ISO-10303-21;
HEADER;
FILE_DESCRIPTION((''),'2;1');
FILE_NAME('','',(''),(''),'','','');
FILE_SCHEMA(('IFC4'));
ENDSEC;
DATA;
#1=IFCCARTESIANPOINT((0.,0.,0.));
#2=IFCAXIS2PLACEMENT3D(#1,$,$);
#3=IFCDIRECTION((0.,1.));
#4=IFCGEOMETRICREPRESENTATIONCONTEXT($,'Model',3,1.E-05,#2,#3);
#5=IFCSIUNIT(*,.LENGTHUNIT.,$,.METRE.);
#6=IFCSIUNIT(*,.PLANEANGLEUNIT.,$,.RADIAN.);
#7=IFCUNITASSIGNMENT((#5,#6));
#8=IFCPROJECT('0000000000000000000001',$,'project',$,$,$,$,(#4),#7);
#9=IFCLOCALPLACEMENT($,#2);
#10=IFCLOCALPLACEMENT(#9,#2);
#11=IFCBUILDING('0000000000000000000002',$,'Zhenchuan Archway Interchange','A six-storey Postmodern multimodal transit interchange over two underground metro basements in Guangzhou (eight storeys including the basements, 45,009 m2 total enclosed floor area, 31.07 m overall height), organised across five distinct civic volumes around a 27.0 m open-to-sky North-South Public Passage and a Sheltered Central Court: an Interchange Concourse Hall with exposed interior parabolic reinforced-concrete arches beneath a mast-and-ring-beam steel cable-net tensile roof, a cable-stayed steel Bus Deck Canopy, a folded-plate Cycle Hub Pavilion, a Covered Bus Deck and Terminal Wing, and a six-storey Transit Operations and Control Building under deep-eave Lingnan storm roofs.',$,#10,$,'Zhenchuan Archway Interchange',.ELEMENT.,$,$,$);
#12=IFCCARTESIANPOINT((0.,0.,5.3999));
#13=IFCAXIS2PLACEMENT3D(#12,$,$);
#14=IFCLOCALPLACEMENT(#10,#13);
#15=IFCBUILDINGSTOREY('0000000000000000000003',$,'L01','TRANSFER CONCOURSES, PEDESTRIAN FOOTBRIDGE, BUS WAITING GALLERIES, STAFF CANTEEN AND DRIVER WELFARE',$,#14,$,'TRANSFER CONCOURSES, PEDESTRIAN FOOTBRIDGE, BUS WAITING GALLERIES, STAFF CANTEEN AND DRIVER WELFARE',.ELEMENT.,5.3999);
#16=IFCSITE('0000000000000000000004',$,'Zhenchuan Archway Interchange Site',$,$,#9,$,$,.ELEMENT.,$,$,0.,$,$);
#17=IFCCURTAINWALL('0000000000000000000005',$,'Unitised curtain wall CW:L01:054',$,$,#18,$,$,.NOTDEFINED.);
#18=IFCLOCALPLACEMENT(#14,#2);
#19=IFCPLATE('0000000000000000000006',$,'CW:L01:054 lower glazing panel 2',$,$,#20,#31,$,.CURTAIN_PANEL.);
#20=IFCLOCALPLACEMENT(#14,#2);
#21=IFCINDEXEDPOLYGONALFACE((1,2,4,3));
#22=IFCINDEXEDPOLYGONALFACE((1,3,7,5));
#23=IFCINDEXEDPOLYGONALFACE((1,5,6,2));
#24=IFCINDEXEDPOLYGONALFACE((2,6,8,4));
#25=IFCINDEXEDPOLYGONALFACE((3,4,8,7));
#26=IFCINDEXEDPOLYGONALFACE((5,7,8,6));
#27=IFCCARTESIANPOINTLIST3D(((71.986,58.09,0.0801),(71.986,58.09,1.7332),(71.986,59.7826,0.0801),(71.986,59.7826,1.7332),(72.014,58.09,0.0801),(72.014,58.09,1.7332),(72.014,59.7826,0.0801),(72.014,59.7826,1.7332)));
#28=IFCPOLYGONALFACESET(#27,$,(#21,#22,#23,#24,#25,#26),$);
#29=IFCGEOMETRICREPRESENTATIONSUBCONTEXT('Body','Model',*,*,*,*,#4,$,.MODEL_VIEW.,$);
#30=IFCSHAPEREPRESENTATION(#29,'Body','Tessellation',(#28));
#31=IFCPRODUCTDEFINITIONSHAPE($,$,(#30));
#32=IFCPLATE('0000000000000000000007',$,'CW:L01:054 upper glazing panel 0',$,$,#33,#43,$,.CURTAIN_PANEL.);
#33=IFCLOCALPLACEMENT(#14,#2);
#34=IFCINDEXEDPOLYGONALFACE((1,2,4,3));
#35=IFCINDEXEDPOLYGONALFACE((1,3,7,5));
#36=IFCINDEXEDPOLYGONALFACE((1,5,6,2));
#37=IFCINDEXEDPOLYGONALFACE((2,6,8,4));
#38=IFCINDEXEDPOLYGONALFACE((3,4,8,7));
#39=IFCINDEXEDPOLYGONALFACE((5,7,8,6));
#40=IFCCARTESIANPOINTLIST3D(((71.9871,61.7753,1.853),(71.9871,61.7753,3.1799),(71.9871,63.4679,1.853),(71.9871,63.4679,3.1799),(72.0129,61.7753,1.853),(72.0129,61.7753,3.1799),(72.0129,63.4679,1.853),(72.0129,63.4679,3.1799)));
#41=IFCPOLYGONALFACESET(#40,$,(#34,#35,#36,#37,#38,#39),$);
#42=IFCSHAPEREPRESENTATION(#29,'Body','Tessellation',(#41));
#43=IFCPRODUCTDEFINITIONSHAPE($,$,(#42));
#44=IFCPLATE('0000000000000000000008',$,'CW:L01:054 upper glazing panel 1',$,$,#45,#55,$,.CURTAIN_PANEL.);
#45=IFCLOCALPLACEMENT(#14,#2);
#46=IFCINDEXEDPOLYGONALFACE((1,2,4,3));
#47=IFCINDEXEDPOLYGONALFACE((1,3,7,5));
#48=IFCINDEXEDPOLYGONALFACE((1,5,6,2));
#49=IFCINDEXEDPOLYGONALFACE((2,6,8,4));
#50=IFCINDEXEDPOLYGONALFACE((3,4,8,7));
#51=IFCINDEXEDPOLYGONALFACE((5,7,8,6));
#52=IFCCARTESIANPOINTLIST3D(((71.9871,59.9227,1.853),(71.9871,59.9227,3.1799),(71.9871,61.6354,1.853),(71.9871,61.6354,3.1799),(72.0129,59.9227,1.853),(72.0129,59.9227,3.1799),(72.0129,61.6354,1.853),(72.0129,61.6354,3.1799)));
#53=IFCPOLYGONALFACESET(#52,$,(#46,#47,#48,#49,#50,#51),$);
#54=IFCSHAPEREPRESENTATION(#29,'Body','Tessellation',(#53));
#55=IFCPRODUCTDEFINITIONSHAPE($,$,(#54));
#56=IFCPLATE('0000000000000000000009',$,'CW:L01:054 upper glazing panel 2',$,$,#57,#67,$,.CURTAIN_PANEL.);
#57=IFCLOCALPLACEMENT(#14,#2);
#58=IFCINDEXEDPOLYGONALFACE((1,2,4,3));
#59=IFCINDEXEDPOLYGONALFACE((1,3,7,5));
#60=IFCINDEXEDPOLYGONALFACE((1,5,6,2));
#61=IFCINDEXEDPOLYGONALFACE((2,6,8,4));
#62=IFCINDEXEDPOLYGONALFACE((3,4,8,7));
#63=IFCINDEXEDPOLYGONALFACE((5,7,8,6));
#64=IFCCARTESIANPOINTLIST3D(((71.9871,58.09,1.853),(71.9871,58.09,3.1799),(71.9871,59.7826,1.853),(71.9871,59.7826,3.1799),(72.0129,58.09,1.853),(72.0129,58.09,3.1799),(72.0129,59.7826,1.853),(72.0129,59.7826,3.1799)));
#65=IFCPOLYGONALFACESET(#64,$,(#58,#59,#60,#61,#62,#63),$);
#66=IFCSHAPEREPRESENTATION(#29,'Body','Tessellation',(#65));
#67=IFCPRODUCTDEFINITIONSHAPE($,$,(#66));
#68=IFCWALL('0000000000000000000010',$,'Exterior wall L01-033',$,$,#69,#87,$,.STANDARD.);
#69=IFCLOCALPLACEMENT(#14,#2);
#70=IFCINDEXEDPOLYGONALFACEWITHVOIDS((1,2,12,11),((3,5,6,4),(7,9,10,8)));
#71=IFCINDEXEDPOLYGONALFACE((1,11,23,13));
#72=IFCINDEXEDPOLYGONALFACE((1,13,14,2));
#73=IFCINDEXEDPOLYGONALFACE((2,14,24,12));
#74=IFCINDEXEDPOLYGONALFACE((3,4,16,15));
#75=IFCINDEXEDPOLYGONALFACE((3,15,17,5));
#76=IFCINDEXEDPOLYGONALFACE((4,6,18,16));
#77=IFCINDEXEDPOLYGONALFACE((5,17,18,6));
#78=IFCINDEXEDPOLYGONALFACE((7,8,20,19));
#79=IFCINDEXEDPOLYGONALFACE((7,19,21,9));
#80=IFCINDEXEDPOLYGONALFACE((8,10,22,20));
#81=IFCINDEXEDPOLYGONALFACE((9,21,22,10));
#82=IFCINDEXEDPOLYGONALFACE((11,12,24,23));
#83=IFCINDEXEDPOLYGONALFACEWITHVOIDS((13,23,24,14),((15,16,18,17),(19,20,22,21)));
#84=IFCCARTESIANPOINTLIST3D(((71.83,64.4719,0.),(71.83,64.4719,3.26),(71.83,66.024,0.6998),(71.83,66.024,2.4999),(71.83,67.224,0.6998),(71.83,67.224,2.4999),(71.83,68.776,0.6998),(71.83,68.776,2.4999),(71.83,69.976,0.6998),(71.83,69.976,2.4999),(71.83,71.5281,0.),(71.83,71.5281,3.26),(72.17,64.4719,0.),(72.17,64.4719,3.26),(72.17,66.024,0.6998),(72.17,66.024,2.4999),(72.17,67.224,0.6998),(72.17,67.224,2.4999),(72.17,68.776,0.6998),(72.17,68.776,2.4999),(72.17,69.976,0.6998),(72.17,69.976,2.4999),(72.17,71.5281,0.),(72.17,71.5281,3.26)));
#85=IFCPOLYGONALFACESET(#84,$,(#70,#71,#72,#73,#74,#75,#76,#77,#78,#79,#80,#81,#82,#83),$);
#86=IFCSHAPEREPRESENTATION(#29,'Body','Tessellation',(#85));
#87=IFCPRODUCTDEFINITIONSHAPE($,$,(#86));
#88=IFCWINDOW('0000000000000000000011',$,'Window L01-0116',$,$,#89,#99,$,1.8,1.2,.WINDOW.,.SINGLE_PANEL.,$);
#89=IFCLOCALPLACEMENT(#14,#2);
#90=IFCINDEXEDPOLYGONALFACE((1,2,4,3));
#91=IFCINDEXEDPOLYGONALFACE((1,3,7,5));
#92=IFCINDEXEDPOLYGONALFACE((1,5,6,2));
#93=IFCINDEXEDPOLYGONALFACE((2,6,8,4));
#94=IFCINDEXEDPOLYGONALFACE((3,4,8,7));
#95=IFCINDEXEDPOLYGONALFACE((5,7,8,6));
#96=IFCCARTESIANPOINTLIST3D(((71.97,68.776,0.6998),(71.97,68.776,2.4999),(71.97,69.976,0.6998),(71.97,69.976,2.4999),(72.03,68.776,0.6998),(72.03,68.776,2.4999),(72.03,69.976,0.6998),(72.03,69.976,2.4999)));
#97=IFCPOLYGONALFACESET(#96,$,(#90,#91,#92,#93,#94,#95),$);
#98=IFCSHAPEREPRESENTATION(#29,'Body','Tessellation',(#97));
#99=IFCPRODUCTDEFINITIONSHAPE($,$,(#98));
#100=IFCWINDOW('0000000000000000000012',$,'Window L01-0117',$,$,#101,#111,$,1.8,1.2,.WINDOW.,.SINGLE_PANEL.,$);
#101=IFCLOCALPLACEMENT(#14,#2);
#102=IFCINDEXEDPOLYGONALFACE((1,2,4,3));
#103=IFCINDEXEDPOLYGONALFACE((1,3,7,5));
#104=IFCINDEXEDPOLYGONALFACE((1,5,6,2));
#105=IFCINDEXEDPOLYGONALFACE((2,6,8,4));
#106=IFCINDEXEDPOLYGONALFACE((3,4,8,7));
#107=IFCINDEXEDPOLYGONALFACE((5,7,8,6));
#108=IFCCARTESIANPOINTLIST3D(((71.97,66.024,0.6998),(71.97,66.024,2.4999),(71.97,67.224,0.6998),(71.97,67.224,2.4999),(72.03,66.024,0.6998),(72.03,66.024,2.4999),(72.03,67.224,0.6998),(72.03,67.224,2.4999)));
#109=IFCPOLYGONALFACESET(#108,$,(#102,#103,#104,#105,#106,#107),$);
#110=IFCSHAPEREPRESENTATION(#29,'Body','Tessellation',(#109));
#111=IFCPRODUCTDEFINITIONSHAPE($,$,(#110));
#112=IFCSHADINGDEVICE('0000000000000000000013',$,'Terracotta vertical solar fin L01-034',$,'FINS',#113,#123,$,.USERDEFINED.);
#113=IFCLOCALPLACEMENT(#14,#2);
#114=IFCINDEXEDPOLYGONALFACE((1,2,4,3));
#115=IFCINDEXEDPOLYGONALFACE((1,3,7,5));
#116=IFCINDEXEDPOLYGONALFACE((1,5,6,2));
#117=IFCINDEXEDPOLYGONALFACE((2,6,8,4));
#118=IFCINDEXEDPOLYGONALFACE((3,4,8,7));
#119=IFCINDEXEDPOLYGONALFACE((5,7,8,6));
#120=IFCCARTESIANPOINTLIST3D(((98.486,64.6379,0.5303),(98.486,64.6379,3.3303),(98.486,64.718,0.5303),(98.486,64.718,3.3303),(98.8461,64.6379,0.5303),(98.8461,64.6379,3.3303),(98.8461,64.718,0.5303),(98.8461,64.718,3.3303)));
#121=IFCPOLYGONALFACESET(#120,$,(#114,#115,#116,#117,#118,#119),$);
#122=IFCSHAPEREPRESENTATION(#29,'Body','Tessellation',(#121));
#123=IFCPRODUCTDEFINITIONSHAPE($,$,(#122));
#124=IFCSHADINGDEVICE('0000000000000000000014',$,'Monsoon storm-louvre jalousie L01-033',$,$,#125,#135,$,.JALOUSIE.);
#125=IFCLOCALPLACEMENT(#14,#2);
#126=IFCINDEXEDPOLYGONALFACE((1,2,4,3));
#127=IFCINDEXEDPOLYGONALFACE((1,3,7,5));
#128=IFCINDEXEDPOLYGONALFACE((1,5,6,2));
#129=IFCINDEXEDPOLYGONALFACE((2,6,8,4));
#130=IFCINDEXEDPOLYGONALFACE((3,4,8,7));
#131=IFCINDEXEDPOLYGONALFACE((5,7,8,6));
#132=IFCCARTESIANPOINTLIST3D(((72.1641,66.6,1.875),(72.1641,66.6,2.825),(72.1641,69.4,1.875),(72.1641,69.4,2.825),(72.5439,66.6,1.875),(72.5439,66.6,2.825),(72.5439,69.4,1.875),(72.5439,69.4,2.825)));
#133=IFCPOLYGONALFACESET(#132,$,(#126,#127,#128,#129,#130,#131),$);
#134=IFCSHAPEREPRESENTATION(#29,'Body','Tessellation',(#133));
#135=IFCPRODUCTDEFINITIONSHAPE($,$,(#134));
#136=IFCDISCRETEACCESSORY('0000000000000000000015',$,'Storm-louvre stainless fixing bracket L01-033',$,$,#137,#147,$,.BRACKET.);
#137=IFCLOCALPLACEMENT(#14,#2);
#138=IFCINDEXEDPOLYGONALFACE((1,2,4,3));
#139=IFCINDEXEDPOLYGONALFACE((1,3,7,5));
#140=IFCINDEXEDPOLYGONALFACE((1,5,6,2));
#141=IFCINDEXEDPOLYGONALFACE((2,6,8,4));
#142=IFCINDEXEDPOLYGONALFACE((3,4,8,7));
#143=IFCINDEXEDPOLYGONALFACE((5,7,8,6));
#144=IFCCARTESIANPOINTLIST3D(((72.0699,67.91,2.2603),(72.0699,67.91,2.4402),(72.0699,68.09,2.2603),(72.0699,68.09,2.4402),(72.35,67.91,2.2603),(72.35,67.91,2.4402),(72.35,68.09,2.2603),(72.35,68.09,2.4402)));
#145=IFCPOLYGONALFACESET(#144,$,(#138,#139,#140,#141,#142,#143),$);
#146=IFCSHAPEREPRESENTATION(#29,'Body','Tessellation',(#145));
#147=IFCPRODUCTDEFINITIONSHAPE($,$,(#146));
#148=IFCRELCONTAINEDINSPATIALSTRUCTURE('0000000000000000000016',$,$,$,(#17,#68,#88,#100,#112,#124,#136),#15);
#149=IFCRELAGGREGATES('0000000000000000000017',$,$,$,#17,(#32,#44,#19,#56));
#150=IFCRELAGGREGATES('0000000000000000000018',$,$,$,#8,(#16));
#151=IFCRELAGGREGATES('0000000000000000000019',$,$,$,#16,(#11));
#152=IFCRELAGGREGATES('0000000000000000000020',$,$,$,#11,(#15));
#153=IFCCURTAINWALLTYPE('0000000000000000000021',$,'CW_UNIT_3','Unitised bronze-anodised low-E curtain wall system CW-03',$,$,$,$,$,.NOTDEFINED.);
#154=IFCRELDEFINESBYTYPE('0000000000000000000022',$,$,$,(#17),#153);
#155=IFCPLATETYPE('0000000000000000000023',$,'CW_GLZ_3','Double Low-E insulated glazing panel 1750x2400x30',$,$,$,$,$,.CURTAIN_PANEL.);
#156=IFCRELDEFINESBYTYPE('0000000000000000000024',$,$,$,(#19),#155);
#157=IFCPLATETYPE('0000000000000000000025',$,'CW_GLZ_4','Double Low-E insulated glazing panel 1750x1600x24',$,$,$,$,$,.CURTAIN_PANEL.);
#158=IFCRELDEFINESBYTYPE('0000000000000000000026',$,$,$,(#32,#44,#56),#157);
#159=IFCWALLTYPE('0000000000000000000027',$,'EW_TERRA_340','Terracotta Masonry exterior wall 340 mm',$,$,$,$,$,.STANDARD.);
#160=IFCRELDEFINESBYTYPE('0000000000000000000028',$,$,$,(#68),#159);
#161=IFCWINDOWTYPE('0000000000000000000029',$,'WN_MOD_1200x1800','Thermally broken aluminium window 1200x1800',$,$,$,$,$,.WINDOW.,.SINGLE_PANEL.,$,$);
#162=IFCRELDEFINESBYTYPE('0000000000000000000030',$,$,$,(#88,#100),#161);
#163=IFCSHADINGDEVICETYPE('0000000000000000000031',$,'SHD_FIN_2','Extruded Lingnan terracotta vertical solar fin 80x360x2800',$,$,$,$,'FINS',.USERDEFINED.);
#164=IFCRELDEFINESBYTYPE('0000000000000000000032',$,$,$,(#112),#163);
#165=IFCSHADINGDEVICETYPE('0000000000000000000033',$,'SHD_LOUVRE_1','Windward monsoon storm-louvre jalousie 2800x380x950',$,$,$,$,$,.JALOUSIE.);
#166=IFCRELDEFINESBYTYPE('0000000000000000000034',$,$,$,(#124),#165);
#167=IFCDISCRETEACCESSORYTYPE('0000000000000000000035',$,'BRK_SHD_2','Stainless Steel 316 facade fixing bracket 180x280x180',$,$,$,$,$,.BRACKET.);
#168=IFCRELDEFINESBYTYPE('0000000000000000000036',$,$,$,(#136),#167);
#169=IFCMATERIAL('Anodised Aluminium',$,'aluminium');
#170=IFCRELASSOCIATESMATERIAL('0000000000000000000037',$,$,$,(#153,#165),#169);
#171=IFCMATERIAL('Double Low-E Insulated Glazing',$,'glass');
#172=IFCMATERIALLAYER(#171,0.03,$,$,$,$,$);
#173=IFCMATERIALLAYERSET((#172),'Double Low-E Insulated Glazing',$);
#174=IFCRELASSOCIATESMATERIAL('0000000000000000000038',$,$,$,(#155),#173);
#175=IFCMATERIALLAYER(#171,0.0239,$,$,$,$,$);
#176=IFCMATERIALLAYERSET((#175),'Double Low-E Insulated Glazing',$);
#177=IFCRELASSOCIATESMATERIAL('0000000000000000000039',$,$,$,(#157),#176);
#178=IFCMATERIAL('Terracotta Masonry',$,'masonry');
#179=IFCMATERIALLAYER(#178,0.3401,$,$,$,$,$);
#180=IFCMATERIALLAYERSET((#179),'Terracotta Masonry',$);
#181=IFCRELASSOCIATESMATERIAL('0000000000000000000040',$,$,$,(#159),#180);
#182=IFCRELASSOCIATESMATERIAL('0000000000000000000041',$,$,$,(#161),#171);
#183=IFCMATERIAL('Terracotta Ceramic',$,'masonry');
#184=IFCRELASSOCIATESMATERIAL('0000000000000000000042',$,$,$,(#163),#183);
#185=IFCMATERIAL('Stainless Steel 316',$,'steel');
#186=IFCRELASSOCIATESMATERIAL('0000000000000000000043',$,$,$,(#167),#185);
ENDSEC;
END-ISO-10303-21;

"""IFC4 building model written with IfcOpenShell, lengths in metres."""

from ifc_helpers import new_model, si_unit, direction, frame, frame_2d, origin, origin_2d, place, context, subcontext, project, spatial, rectangle, extrude, material, layer, layer_set, type_object, element, fill, aggregate, save


model = new_model("IFC4")

# Units and contexts
model_context = context("Model", 3, precision=1e-05, world=origin(), true_north=direction((0.0, 1.0)))
body_context = subcontext(model_context, "Body", "Model", "MODEL_VIEW")
ifc_project = project(units=[si_unit("LENGTHUNIT", "METRE"), si_unit("PLANEANGLEUNIT", "RADIAN")], contexts=[model_context])

# Site, building, storey
site_placement = place(None, origin())
site = spatial("IfcSite", under=ifc_project, at=site_placement, Name="Zhenchuan Archway Interchange Site", CompositionType="ELEMENT", RefElevation=0.0)
building_placement = place(site_placement, origin())
building = spatial("IfcBuilding", under=site, at=building_placement, Name="Zhenchuan Archway Interchange", Description="A six-storey Postmodern multimodal transit interchange over two underground metro basements in Guangzhou (eight storeys including the basements, 45,009 m2 total enclosed floor area, 31.07 m overall height), organised across five distinct civic volumes around a 27.0 m open-to-sky North-South Public Passage and a Sheltered Central Court: an Interchange Concourse Hall with exposed interior parabolic reinforced-concrete arches beneath a mast-and-ring-beam steel cable-net tensile roof, a cable-stayed steel Bus Deck Canopy, a folded-plate Cycle Hub Pavilion, a Covered Bus Deck and Terminal Wing, and a six-storey Transit Operations and Control Building under deep-eave Lingnan storm roofs.", LongName="Zhenchuan Archway Interchange", CompositionType="ELEMENT")
storey_placement = place(building_placement, frame((0.0, 0.0, 5.3999)))
storey = spatial("IfcBuildingStorey", under=building, at=storey_placement, Name="L01", Description="TRANSFER CONCOURSES, PEDESTRIAN FOOTBRIDGE, BUS WAITING GALLERIES, STAFF CANTEEN AND DRIVER WELFARE", LongName="TRANSFER CONCOURSES, PEDESTRIAN FOOTBRIDGE, BUS WAITING GALLERIES, STAFF CANTEEN AND DRIVER WELFARE", CompositionType="ELEMENT", Elevation=5.3999)

# Shared definitions
ifc_material_1 = material(Name="Anodised Aluminium", Category="aluminium")

# Curtain wall
curtain_wall_type_1 = type_object("IfcCurtainWallType", Name="CW_UNIT_3", Description="Unitised bronze-anodised low-E curtain wall system CW-03", PredefinedType="NOTDEFINED", material=ifc_material_1)
curtain_wall_1_placement = place(storey_placement, origin())
curtain_wall_1 = element("IfcCurtainWall", 1, at=curtain_wall_1_placement, inside=storey, type_object=curtain_wall_type_1, Name="Unitised curtain wall CW:L01:054", PredefinedType="NOTDEFINED")

# Plates
ifc_material_2 = material(Name="Double Low-E Insulated Glazing", Category="glass")
ifc_layer_1 = layer(ifc_material_2, 0.03)
ifc_layer_set_1 = layer_set([ifc_layer_1], Name="Double Low-E Insulated Glazing")
plate_type_1 = type_object("IfcPlateType", Name="CW_GLZ_3", Description="Double Low-E insulated glazing panel 1750x2400x30", PredefinedType="CURTAIN_PANEL", material=ifc_layer_set_1)
plate_1_placement = place(storey_placement, frame((72.0, 58.9363, 0.0801), z_axis=(0.0, 0.0, 1.0), x_axis=(0.0, -1.0, 0.0)))
plate_1 = element("IfcPlate", 2, at=plate_1_placement, type_object=plate_type_1, Name="CW:L01:054 lower glazing panel 2", PredefinedType="CURTAIN_PANEL", context=body_context, shape_type="SweptSolid", body=[
    extrude(rectangle(XDim=1.6926, YDim=0.0281, at=origin_2d()), origin(), (0.0, 0.0, 1.0), 1.6531),
])
ifc_layer_2 = layer(ifc_material_2, 0.0239)
ifc_layer_set_2 = layer_set([ifc_layer_2], Name="Double Low-E Insulated Glazing")
plate_type_2 = type_object("IfcPlateType", Name="CW_GLZ_4", Description="Double Low-E insulated glazing panel 1750x1600x24", PredefinedType="CURTAIN_PANEL", material=ifc_layer_set_2)
plate_2_placement = place(storey_placement, frame((72.0, 62.6216, 1.853), z_axis=(0.0, 0.0, 1.0), x_axis=(0.0, -1.0, 0.0)))
plate_2 = element("IfcPlate", 3, at=plate_2_placement, type_object=plate_type_2, Name="CW:L01:054 upper glazing panel 0", PredefinedType="CURTAIN_PANEL", context=body_context, shape_type="SweptSolid", body=[
    extrude(rectangle(XDim=1.6926, YDim=0.0259, at=origin_2d()), origin(), (0.0, 0.0, 1.0), 1.3269),
])
plate_3_placement = place(storey_placement, frame((72.0, 60.7791, 1.853), z_axis=(0.0, 0.0, 1.0), x_axis=(0.0, -1.0, 0.0)))
plate_3 = element("IfcPlate", 4, at=plate_3_placement, type_object=plate_type_2, Name="CW:L01:054 upper glazing panel 1", PredefinedType="CURTAIN_PANEL", context=body_context, shape_type="SweptSolid", body=[
    extrude(rectangle(XDim=1.7126, YDim=0.0259, at=origin_2d()), origin(), (0.0, 0.0, 1.0), 1.3269),
])
plate_4_placement = place(storey_placement, frame((72.0, 58.9363, 1.853), z_axis=(0.0, 0.0, 1.0), x_axis=(0.0, -1.0, 0.0)))
plate_4 = element("IfcPlate", 5, at=plate_4_placement, type_object=plate_type_2, Name="CW:L01:054 upper glazing panel 2", PredefinedType="CURTAIN_PANEL", context=body_context, shape_type="SweptSolid", body=[
    extrude(rectangle(XDim=1.6926, YDim=0.0259, at=origin_2d()), origin(), (0.0, 0.0, 1.0), 1.3269),
])
aggregate(curtain_wall_1, [plate_2, plate_3, plate_1, plate_4])

# Wall, openings, windows
ifc_material_3 = material(Name="Terracotta Masonry", Category="masonry")
ifc_layer_3 = layer(ifc_material_3, 0.3401)
ifc_layer_set_3 = layer_set([ifc_layer_3], Name="Terracotta Masonry")
wall_type = type_object("IfcWallType", Name="EW_TERRA_340", Description="Terracotta Masonry exterior wall 340 mm", PredefinedType="STANDARD", material=ifc_layer_set_3)
wall_placement = place(storey_placement, frame((72.0, 71.5281, 0.0), z_axis=(0.0, 0.0, 1.0), x_axis=(0.0, -1.0, 0.0)))
wall = element("IfcWall", 6, at=wall_placement, inside=storey, type_object=wall_type, Name="Exterior wall L01-033", PredefinedType="STANDARD", context=body_context, shape_type="SweptSolid", body=[
    extrude(rectangle(XDim=7.0562, YDim=0.3401, at=frame_2d((3.5281, 0.0))), origin(), (0.0, 0.0, 1.0), 3.26),
])
opening_1_placement = place(wall_placement, frame((1.552, 0.0, 0.7)))
opening_1 = element("IfcOpeningElement", 7, at=opening_1_placement, cuts=wall, PredefinedType="OPENING", context=body_context, shape_type="SweptSolid", body=[
    extrude(rectangle(XDim=1.2, YDim=1.8, at=frame_2d((0.6001, 0.8999))), frame((0.0, 0.1821, 0.0), z_axis=(0.0, -1.0, 0.0), x_axis=(1.0, 0.0, 0.0)), (0.0, 0.0, 1.0), 0.364),
])
opening_2_placement = place(wall_placement, frame((4.304, 0.0, 0.7)))
opening_2 = element("IfcOpeningElement", 8, at=opening_2_placement, cuts=wall, PredefinedType="OPENING", context=body_context, shape_type="SweptSolid", body=[
    extrude(rectangle(XDim=1.2, YDim=1.8, at=frame_2d((0.6001, 0.8999))), frame((0.0, 0.1821, 0.0), z_axis=(0.0, -1.0, 0.0), x_axis=(1.0, 0.0, 0.0)), (0.0, 0.0, 1.0), 0.364),
])
window_type = type_object("IfcWindowType", Name="WN_MOD_1200x1800", Description="Thermally broken aluminium window 1200x1800", PartitioningType="SINGLE_PANEL", PredefinedType="WINDOW", material=ifc_material_2)
window_1_placement = place(opening_1_placement, origin())
window_1 = element("IfcWindow", 9, at=window_1_placement, inside=storey, type_object=window_type, Name="Window L01-0116", OverallHeight=1.8, OverallWidth=1.2, PartitioningType="SINGLE_PANEL", PredefinedType="WINDOW", context=body_context, shape_type="SweptSolid", body=[
    extrude(rectangle(XDim=1.2, YDim=1.8, at=frame_2d((0.6001, 0.8999))), frame((0.0, 0.03, 0.0), z_axis=(0.0, -1.0, 0.0), x_axis=(1.0, 0.0, 0.0)), (0.0, 0.0, 1.0), 0.0601),
])
fill(opening_1, window_1)
window_2_placement = place(opening_2_placement, origin())
window_2 = element("IfcWindow", 10, at=window_2_placement, inside=storey, type_object=window_type, Name="Window L01-0117", OverallHeight=1.8, OverallWidth=1.2, PartitioningType="SINGLE_PANEL", PredefinedType="WINDOW", context=body_context, shape_type="SweptSolid", body=[
    extrude(rectangle(XDim=1.2, YDim=1.8, at=frame_2d((0.6001, 0.8999))), frame((0.0, 0.03, 0.0), z_axis=(0.0, -1.0, 0.0), x_axis=(1.0, 0.0, 0.0)), (0.0, 0.0, 1.0), 0.0601),
])
fill(opening_2, window_2)

# Shading devices
ifc_material_4 = material(Name="Terracotta Ceramic", Category="masonry")
shading_device_type_1 = type_object("IfcShadingDeviceType", Name="SHD_FIN_2", Description="Extruded Lingnan terracotta vertical solar fin 80x360x2800", ElementType="FINS", PredefinedType="USERDEFINED", material=ifc_material_4)
shading_device_1_placement = place(storey_placement, frame((98.666, 64.678, 0.5303), z_axis=(0.0, 0.0, 1.0), x_axis=(0.0, 1.0, 0.0)))
element("IfcShadingDevice", 11, at=shading_device_1_placement, inside=storey, type_object=shading_device_type_1, Name="Terracotta vertical solar fin L01-034", ObjectType="FINS", PredefinedType="USERDEFINED", context=body_context, shape_type="SweptSolid", body=[
    extrude(rectangle(XDim=0.0801, YDim=0.3601, at=origin_2d()), origin(), (0.0, 0.0, 1.0), 2.8),
])
shading_device_type_2 = type_object("IfcShadingDeviceType", Name="SHD_LOUVRE_1", Description="Windward monsoon storm-louvre jalousie 2800x380x950", PredefinedType="JALOUSIE", material=ifc_material_1)
shading_device_2_placement = place(storey_placement, frame((72.354, 68.0, 1.875), z_axis=(0.0, 0.0, 1.0), x_axis=(0.0, -1.0, 0.0)))
element("IfcShadingDevice", 12, at=shading_device_2_placement, inside=storey, type_object=shading_device_type_2, Name="Monsoon storm-louvre jalousie L01-033", PredefinedType="JALOUSIE", context=body_context, shape_type="SweptSolid", body=[
    extrude(rectangle(XDim=2.8, YDim=0.3799, at=origin_2d()), origin(), (0.0, 0.0, 1.0), 0.95),
])

# Discrete accessory
ifc_material_5 = material(Name="Stainless Steel 316", Category="steel")
discrete_accessory_type = type_object("IfcDiscreteAccessoryType", Name="BRK_SHD_2", Description="Stainless Steel 316 facade fixing bracket 180x280x180", PredefinedType="BRACKET", material=ifc_material_5)
discrete_accessory_placement = place(storey_placement, frame((72.21, 68.0, 2.2603), z_axis=(0.0, 0.0, 1.0), x_axis=(0.0, -1.0, 0.0)))
element("IfcDiscreteAccessory", 13, at=discrete_accessory_placement, inside=storey, type_object=discrete_accessory_type, Name="Storm-louvre stainless fixing bracket L01-033", PredefinedType="BRACKET", context=body_context, shape_type="SweptSolid", body=[
    extrude(rectangle(XDim=0.1799, YDim=0.28, at=origin_2d()), origin(), (0.0, 0.0, 1.0), 0.1799),
])

save(model, "model.ifc")
